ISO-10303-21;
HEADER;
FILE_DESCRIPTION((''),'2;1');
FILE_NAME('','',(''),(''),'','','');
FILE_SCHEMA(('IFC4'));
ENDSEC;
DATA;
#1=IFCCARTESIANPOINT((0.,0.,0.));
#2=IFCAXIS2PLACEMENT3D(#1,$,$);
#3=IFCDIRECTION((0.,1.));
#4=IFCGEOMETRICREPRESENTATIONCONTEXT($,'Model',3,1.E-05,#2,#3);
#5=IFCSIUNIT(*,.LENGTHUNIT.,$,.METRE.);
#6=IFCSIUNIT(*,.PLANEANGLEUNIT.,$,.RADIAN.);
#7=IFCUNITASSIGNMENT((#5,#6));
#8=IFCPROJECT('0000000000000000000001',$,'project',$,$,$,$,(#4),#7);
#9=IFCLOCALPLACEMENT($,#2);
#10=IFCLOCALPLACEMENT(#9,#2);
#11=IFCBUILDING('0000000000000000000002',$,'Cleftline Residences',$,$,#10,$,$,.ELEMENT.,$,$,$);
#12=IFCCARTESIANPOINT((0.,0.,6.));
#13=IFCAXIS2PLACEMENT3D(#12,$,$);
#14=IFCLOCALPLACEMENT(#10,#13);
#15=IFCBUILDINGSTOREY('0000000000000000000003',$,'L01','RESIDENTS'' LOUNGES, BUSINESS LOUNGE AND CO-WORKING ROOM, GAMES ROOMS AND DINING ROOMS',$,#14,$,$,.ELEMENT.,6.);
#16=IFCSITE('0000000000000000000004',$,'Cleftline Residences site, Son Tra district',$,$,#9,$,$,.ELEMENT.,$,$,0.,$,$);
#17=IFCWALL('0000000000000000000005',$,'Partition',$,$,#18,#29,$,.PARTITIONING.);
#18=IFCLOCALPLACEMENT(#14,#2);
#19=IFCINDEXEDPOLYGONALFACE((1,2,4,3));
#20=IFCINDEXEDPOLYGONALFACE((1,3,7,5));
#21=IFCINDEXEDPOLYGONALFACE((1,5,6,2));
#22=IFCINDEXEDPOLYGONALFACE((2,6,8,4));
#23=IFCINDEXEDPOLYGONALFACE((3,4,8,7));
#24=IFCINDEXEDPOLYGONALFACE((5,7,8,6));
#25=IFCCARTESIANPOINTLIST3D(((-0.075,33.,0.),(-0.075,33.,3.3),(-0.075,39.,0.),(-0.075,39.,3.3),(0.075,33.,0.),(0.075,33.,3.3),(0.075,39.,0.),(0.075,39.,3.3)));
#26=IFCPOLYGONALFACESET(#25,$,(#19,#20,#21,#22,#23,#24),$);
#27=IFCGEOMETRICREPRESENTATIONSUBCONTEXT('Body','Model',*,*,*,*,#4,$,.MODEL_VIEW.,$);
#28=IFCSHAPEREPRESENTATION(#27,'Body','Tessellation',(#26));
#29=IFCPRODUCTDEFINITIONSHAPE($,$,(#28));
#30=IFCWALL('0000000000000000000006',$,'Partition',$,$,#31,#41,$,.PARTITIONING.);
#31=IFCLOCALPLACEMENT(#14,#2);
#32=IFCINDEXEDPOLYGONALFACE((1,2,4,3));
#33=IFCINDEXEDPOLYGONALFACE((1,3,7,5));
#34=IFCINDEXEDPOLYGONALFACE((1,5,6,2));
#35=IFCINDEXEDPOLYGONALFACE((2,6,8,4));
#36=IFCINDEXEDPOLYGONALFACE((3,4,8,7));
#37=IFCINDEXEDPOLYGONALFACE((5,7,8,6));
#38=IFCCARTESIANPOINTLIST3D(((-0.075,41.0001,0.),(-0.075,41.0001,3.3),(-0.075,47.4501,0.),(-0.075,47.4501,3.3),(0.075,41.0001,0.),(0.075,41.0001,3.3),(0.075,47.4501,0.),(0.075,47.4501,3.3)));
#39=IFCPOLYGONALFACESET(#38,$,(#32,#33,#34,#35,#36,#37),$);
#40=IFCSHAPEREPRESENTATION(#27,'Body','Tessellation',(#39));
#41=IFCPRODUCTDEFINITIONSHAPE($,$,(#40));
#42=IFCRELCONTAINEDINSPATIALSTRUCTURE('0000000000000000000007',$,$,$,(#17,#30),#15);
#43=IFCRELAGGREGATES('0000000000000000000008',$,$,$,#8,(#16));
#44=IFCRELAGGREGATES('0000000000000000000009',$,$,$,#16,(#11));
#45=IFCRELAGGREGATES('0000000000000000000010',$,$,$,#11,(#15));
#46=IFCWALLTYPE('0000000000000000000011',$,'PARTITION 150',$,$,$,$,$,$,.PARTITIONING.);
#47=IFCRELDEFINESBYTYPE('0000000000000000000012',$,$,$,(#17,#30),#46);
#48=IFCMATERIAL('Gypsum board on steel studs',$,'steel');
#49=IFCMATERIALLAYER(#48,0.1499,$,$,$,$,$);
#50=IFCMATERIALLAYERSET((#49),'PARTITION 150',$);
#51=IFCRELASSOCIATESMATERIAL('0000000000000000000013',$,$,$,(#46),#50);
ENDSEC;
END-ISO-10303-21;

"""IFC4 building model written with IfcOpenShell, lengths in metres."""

from ifc_helpers import new_model, si_unit, direction, frame, frame_2d, origin, place, context, subcontext, project, spatial, rectangle, extrude, material, layer, layer_set, type_object, element, save


model = new_model("IFC4")

# Units and contexts
model_context = context("Model", 3, precision=1e-05, world=origin(), true_north=direction((0.0, 1.0)))
body_context = subcontext(model_context, "Body", "Model", "MODEL_VIEW")
ifc_project = project(units=[si_unit("LENGTHUNIT", "METRE"), si_unit("PLANEANGLEUNIT", "RADIAN")], contexts=[model_context])

# Site, building, storey
site_placement = place(None, origin())
site = spatial("IfcSite", under=ifc_project, at=site_placement, Name="Cleftline Residences site, Son Tra district", CompositionType="ELEMENT", RefElevation=0.0)
building_placement = place(site_placement, origin())
building = spatial("IfcBuilding", under=site, at=building_placement, Name="Cleftline Residences", CompositionType="ELEMENT")
storey_placement = place(building_placement, frame((0.0, 0.0, 6.0)))
storey = spatial("IfcBuildingStorey", under=building, at=storey_placement, Name="L01", Description="RESIDENTS' LOUNGES, BUSINESS LOUNGE AND CO-WORKING ROOM, GAMES ROOMS AND DINING ROOMS", CompositionType="ELEMENT", Elevation=6.0)

# Shared definitions
ifc_material_1 = material(Name="Gypsum board on steel studs", Category="steel")
ifc_layer = layer(ifc_material_1, 0.1499)
ifc_layer_set = layer_set([ifc_layer], Name="PARTITION 150")
wall_type = type_object("IfcWallType", Name="PARTITION 150", PredefinedType="PARTITIONING", material=ifc_layer_set)

# Walls
wall_1_placement = place(storey_placement, frame((0.0, 33.0, 0.0), z_axis=(0.0, 0.0, 1.0), x_axis=(0.0, 1.0, 0.0)))
element("IfcWall", 1, at=wall_1_placement, inside=storey, type_object=wall_type, Name="Partition", PredefinedType="PARTITIONING", context=body_context, shape_type="SweptSolid", body=[
    extrude(rectangle(XDim=6.0, YDim=0.1499, at=frame_2d((3.0, 0.0))), origin(), (0.0, 0.0, 1.0), 3.3),
])
wall_2_placement = place(storey_placement, frame((0.0, 41.0, 0.0), z_axis=(0.0, 0.0, 1.0), x_axis=(0.0, 1.0, 0.0)))
element("IfcWall", 2, at=wall_2_placement, inside=storey, type_object=wall_type, Name="Partition", PredefinedType="PARTITIONING", context=body_context, shape_type="SweptSolid", body=[
    extrude(rectangle(XDim=6.45, YDim=0.1499, at=frame_2d((3.2251, 0.0))), origin(), (0.0, 0.0, 1.0), 3.3),
])

save(model, "model.ifc")
